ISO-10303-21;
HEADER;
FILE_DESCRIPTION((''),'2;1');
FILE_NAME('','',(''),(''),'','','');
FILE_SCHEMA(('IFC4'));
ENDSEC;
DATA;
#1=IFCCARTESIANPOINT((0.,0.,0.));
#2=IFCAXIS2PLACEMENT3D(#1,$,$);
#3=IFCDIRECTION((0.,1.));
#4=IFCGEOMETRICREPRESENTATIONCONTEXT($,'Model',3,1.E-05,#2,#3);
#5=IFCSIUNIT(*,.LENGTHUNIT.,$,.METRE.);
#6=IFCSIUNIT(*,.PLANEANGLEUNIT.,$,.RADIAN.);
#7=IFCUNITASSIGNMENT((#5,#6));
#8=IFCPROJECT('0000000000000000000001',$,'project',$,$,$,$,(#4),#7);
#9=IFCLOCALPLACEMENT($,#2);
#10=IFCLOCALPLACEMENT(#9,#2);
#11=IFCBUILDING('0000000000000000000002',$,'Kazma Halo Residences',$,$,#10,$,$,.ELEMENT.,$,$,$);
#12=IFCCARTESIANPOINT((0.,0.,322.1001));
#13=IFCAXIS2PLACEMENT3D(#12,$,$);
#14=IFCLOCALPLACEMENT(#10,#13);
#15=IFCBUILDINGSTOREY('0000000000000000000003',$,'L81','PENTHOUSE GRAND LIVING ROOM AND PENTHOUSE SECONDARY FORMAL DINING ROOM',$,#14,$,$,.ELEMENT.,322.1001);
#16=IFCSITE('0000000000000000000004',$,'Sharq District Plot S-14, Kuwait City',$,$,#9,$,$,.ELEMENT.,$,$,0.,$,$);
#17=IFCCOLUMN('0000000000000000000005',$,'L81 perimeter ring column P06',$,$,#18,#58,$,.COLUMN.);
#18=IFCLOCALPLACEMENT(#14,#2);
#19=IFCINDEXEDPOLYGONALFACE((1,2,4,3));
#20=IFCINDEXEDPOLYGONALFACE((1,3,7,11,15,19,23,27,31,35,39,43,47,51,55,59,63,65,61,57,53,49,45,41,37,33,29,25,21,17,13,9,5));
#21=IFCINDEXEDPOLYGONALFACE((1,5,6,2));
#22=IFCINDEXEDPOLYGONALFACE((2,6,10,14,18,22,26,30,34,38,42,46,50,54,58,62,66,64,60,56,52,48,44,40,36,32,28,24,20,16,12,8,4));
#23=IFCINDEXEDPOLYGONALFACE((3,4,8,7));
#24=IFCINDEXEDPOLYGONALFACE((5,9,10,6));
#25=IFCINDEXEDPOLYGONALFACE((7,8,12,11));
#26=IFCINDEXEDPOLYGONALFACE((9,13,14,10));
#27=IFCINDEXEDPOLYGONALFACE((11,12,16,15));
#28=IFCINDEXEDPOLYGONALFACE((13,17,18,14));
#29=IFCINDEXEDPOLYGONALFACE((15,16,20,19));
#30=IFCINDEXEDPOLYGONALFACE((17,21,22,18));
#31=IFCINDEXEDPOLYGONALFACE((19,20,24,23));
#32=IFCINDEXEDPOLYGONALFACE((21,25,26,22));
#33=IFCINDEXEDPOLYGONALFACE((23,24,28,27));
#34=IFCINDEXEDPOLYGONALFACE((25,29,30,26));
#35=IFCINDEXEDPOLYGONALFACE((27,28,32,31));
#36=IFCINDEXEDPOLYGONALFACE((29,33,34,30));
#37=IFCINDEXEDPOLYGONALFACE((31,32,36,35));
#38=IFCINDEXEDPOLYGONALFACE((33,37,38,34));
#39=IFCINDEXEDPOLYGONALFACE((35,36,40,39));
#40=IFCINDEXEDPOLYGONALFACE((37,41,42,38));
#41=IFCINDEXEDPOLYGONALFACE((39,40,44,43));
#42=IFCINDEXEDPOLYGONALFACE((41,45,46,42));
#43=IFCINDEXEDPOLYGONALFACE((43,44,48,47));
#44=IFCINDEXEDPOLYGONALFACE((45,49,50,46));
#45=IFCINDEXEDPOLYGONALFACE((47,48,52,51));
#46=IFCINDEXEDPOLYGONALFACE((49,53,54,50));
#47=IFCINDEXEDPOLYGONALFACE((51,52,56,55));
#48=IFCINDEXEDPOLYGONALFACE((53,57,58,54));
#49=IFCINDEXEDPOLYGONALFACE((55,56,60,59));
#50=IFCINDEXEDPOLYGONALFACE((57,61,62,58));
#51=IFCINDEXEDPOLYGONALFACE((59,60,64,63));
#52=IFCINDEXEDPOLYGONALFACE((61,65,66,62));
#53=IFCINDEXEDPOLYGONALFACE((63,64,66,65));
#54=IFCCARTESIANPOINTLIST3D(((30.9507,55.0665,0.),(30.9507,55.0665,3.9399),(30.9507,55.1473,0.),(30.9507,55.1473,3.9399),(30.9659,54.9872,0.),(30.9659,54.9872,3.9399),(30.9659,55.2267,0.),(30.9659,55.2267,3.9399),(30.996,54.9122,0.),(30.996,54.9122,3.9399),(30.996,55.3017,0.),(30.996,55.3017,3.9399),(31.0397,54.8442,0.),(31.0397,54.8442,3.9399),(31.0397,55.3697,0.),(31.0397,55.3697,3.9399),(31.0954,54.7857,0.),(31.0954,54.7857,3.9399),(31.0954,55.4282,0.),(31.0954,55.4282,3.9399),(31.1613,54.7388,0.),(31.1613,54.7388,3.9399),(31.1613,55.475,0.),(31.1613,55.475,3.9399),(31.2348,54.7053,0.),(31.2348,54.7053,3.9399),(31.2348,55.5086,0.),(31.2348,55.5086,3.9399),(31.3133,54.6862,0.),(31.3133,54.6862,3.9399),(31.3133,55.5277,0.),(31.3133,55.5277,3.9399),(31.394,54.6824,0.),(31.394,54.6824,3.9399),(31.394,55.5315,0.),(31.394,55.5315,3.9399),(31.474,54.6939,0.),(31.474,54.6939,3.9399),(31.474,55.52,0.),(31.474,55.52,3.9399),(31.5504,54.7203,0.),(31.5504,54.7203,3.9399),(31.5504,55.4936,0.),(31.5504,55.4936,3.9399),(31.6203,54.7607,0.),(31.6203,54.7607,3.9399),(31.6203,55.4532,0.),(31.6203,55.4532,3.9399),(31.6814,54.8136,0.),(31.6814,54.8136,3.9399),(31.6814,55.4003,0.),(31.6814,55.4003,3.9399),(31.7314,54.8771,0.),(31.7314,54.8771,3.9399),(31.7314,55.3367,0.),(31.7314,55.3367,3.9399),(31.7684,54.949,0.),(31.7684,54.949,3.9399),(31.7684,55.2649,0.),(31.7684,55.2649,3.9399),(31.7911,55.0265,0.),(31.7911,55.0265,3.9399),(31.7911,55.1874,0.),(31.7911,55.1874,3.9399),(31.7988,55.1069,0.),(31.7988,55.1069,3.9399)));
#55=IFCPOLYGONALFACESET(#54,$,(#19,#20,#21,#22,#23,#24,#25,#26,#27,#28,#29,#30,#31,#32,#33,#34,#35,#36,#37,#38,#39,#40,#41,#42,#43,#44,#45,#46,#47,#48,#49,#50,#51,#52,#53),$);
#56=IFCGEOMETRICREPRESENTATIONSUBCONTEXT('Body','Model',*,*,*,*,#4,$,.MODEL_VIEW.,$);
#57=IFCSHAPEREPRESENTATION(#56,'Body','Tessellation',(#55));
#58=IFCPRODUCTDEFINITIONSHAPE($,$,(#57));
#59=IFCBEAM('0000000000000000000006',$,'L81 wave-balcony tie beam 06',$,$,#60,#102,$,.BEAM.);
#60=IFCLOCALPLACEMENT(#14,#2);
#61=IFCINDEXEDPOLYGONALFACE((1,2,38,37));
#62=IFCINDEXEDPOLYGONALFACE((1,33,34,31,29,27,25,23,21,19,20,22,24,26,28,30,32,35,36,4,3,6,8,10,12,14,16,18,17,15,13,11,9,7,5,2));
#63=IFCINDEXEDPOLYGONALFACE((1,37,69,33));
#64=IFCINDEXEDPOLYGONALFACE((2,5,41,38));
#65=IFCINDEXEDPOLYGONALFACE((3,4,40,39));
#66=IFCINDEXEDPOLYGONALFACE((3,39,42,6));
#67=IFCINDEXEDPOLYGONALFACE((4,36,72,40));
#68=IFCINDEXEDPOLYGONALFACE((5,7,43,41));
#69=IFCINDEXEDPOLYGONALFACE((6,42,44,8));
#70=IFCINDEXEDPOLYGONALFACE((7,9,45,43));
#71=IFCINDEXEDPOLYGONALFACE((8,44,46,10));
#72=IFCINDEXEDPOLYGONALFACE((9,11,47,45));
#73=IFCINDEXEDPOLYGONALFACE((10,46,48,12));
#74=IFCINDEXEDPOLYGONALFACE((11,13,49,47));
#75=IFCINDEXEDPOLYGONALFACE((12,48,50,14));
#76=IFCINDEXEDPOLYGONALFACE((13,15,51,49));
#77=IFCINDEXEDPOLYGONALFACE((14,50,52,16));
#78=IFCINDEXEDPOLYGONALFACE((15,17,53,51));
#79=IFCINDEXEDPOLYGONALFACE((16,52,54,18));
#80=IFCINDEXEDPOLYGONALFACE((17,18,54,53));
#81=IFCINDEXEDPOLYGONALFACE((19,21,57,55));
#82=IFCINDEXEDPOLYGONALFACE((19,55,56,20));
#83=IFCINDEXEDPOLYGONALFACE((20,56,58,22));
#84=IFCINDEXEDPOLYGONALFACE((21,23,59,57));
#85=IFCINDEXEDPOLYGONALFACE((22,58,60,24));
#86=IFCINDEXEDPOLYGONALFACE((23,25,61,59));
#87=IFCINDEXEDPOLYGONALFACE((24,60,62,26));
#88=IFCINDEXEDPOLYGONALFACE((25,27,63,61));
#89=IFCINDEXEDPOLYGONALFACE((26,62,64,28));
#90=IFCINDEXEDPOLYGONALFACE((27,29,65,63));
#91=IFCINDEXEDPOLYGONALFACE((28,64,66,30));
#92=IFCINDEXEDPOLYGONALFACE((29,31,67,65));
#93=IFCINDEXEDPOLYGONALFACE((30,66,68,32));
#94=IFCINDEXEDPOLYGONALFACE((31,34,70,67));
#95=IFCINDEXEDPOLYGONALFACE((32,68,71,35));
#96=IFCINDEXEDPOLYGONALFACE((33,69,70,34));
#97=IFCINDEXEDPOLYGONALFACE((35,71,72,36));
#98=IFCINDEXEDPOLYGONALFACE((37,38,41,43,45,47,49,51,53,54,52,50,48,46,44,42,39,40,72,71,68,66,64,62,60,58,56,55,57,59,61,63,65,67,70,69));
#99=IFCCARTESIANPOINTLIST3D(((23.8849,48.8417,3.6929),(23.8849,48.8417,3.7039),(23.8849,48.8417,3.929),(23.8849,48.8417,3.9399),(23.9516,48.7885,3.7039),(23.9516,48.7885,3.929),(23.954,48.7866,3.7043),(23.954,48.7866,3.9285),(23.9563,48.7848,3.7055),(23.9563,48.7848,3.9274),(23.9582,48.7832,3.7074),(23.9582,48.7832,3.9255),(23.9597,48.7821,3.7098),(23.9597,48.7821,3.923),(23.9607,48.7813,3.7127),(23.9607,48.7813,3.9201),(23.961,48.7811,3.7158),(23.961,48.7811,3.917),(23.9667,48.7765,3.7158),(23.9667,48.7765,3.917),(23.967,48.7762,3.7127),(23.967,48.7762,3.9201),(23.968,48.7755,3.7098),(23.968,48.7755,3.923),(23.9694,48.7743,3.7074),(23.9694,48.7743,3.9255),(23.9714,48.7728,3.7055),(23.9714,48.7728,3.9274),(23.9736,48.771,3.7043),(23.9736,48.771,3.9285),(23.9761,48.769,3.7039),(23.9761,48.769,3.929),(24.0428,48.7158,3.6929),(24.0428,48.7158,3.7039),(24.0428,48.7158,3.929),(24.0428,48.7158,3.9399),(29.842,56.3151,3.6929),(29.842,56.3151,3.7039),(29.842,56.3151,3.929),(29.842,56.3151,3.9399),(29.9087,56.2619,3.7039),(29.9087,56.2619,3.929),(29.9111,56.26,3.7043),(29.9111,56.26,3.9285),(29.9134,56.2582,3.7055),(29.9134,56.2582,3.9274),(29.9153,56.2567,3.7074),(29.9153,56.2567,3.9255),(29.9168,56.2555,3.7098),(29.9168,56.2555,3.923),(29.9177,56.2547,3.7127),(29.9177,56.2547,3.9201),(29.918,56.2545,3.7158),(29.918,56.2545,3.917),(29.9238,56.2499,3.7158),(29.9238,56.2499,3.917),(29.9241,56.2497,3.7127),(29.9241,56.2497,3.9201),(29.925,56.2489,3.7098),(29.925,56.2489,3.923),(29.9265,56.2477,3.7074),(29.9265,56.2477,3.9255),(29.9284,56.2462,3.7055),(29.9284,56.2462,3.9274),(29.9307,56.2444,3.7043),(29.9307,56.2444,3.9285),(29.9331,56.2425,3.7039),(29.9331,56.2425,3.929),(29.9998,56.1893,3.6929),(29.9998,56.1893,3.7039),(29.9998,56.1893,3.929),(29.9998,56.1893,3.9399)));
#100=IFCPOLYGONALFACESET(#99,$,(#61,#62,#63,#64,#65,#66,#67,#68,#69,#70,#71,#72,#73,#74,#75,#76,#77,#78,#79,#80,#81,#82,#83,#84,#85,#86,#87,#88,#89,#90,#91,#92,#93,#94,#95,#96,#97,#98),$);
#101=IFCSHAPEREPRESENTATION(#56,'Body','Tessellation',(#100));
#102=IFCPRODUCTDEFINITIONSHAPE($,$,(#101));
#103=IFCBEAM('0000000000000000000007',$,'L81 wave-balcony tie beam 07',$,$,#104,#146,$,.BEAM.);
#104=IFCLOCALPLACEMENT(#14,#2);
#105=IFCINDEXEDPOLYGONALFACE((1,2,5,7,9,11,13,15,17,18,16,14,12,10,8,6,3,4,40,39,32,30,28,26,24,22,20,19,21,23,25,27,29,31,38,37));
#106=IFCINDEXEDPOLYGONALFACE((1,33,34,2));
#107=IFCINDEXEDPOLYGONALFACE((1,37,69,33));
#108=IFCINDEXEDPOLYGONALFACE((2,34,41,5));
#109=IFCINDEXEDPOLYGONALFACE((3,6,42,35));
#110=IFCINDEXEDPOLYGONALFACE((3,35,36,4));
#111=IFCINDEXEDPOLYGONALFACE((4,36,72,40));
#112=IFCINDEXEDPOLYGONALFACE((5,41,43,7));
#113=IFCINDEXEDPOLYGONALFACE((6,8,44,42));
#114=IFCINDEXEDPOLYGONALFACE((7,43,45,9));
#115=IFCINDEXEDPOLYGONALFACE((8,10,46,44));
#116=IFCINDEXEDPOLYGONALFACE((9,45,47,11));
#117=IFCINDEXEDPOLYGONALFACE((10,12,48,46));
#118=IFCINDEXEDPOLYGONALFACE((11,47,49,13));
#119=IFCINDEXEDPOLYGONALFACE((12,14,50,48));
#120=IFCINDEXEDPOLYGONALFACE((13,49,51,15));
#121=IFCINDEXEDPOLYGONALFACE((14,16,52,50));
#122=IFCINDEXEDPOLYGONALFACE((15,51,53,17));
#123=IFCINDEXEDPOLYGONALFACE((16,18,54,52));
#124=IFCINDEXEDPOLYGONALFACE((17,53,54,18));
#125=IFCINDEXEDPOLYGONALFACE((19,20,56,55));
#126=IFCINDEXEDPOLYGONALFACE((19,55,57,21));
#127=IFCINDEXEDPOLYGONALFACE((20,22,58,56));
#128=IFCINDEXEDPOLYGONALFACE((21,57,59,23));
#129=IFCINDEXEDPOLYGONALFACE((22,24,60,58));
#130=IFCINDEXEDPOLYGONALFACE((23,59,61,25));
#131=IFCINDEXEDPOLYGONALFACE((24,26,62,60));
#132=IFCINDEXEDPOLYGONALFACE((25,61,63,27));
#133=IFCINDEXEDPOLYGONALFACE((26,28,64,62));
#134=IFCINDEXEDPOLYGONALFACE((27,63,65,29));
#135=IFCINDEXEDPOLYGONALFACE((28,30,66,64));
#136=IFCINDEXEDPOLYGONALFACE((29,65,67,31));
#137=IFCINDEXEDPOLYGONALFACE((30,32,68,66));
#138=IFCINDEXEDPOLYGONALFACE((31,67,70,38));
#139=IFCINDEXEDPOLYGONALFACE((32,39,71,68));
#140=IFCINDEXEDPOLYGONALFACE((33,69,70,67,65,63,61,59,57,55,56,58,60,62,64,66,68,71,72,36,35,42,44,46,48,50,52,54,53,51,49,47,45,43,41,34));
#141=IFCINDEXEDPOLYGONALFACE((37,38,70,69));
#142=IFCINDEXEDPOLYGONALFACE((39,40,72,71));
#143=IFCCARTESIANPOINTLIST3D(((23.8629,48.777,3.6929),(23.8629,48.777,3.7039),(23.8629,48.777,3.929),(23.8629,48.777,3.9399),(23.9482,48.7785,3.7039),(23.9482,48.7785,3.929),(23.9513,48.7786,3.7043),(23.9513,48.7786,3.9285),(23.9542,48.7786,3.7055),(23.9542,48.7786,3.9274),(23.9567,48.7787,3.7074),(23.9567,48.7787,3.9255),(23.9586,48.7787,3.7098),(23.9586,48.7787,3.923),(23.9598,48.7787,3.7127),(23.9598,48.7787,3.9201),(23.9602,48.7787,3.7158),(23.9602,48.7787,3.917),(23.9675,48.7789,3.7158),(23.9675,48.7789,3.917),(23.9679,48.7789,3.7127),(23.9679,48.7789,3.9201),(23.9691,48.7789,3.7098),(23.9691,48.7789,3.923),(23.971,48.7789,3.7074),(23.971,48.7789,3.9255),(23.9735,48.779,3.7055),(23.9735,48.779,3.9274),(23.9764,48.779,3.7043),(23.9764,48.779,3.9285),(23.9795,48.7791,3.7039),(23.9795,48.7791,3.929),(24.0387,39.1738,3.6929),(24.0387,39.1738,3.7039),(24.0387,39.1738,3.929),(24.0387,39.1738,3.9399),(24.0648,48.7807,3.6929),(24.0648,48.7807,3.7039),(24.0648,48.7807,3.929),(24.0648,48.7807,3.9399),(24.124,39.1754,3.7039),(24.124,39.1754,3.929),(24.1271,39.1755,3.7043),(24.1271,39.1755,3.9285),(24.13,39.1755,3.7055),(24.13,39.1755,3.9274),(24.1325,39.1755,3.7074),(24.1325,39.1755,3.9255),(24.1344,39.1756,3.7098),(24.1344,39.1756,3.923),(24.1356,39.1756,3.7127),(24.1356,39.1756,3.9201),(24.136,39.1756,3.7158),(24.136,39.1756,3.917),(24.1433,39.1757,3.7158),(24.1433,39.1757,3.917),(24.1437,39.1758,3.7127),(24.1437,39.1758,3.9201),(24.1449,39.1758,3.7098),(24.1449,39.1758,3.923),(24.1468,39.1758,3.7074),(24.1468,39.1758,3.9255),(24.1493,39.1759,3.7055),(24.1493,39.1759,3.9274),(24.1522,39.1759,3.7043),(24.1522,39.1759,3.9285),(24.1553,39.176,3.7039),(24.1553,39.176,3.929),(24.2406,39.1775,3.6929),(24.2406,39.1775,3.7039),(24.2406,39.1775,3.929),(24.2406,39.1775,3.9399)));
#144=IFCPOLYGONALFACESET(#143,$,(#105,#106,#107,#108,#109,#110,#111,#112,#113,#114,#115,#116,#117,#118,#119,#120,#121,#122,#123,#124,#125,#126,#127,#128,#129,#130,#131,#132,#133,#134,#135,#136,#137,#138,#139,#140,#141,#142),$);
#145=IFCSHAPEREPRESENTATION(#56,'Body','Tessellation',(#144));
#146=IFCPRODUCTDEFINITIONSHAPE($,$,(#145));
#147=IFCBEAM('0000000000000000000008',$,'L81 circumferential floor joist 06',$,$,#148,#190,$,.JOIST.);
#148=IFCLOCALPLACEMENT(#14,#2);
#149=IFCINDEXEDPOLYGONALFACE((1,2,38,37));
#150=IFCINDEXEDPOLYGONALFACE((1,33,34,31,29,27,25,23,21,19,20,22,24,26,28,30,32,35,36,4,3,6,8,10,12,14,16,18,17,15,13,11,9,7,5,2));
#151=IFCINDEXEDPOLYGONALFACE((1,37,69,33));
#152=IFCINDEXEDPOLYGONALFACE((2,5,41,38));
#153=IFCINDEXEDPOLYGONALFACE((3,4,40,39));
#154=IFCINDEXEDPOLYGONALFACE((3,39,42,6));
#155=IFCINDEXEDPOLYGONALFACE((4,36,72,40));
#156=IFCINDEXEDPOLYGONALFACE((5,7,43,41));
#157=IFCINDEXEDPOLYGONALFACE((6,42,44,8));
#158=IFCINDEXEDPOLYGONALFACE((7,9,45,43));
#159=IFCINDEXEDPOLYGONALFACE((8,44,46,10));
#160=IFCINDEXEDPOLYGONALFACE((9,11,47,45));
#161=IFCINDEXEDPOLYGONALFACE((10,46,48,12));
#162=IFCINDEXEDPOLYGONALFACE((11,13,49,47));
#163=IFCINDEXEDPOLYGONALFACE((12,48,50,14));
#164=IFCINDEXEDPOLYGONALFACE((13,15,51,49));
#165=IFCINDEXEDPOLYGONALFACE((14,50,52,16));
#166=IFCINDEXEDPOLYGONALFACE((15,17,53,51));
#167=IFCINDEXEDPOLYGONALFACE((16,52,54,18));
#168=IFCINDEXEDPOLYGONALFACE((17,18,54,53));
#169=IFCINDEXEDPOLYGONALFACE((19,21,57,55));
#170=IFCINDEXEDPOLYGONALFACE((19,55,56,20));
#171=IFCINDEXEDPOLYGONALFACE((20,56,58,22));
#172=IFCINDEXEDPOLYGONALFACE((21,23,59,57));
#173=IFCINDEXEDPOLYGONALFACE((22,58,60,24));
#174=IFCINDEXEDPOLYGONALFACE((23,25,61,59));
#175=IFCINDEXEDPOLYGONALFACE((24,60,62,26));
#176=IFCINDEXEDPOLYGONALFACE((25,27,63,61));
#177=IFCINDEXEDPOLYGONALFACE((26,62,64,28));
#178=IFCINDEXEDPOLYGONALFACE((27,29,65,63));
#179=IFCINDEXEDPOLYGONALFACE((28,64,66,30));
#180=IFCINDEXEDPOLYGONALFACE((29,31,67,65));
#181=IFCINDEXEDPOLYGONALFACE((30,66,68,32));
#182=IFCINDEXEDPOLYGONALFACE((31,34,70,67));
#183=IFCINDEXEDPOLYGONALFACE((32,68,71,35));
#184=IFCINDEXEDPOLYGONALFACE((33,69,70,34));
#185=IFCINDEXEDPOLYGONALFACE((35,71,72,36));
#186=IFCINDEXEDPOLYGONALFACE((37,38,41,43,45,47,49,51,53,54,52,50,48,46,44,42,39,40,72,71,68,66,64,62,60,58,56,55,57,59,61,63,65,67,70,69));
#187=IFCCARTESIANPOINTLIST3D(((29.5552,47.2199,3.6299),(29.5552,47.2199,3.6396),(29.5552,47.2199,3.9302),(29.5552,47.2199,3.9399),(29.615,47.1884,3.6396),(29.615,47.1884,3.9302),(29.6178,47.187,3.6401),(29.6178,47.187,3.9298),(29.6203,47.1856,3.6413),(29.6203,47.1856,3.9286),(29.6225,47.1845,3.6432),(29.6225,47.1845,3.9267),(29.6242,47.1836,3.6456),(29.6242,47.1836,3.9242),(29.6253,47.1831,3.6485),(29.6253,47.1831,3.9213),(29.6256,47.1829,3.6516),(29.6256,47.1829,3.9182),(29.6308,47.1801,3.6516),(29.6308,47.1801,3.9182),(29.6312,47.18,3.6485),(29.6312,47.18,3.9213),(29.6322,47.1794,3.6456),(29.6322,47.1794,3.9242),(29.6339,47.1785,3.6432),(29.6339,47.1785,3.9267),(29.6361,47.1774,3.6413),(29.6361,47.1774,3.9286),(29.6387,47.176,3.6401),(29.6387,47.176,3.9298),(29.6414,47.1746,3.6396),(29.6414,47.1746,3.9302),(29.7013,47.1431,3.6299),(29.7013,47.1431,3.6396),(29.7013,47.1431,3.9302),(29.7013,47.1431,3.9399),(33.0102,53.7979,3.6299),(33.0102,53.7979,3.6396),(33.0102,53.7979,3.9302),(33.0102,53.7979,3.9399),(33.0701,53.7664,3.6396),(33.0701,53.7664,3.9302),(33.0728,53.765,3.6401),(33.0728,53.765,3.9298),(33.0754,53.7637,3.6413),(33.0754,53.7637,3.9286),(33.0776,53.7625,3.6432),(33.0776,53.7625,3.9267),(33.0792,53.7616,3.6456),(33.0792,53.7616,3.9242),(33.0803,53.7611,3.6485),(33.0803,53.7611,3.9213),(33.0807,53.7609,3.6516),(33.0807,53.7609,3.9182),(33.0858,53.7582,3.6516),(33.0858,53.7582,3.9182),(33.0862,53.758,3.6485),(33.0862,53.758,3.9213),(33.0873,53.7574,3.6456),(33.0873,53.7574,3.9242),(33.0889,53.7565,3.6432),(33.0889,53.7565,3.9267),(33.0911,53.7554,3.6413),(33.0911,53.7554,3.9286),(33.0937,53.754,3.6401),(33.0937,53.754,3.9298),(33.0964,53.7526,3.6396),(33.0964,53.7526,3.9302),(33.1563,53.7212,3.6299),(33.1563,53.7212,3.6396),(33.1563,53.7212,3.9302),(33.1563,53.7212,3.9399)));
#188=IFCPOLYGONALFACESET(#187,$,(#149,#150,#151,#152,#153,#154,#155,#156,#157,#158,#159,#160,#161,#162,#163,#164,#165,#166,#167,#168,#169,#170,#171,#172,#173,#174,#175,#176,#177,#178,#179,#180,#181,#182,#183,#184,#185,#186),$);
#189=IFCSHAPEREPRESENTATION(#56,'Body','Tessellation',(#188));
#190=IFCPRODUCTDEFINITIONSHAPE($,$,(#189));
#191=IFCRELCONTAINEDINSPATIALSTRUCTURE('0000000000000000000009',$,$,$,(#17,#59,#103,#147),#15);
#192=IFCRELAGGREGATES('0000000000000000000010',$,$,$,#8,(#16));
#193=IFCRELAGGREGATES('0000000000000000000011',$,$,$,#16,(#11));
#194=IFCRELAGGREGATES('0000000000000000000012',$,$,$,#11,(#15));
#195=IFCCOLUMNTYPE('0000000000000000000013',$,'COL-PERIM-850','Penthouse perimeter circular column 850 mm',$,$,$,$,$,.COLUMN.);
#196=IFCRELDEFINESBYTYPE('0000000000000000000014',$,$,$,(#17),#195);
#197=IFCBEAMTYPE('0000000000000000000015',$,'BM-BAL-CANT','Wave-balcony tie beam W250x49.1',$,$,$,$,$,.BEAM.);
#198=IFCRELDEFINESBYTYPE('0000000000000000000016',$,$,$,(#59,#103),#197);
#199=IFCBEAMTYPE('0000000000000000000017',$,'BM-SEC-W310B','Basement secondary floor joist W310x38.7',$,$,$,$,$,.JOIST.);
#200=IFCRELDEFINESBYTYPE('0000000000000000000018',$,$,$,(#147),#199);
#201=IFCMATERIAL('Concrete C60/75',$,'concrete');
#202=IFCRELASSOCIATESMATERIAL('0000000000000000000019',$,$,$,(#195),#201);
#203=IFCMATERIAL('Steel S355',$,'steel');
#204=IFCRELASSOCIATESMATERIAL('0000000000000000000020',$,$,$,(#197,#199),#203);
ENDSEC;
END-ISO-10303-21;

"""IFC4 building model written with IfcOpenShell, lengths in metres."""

from ifc_helpers import new_model, si_unit, direction, frame, origin, origin_2d, place, context, subcontext, project, spatial, circle, i_section, extrude, material, material_profile, profile_set, type_object, element, save


model = new_model("IFC4")

# Units and contexts
model_context = context("Model", 3, precision=1e-05, world=origin(), true_north=direction((0.0, 1.0)))
body_context = subcontext(model_context, "Body", "Model", "MODEL_VIEW")
ifc_project = project(units=[si_unit("LENGTHUNIT", "METRE"), si_unit("PLANEANGLEUNIT", "RADIAN")], contexts=[model_context])

# Site, building, storey
site_placement = place(None, origin())
site = spatial("IfcSite", under=ifc_project, at=site_placement, Name="Sharq District Plot S-14, Kuwait City", CompositionType="ELEMENT", RefElevation=0.0)
building_placement = place(site_placement, origin())
building = spatial("IfcBuilding", under=site, at=building_placement, Name="Kazma Halo Residences", CompositionType="ELEMENT")
storey_placement = place(building_placement, frame((0.0, 0.0, 322.1001)))
storey = spatial("IfcBuildingStorey", under=building, at=storey_placement, Name="L81", Description="PENTHOUSE GRAND LIVING ROOM AND PENTHOUSE SECONDARY FORMAL DINING ROOM", CompositionType="ELEMENT", Elevation=322.1001)

# Column
ifc_material_1 = material(Name="Concrete C60/75", Category="concrete")
ifc_material_profile_1 = material_profile(ifc_material_1, circle(Radius=0.425, at=origin_2d()), Name="CIRC850")
ifc_profile_set_1 = profile_set([ifc_material_profile_1], Name="Concrete C60/75")
column_type = type_object("IfcColumnType", Name="COL-PERIM-850", Description="Penthouse perimeter circular column 850 mm", PredefinedType="COLUMN", material=ifc_profile_set_1)
column_placement = place(storey_placement, frame((31.3738, 55.1069, 0.0), z_axis=(0.0, 0.0, 1.0), x_axis=(1.0, 0.0, 0.0)))
element("IfcColumn", 1, at=column_placement, inside=storey, type_object=column_type, Name="L81 perimeter ring column P06", PredefinedType="COLUMN", context=body_context, shape_type="SweptSolid", body=[
    extrude(circle(Radius=0.425, at=origin_2d()), origin(), (0.0, 0.0, 1.0), 3.9399),
])

# Beams
ifc_material_2 = material(Name="Steel S355", Category="steel")
ifc_material_profile_2 = material_profile(ifc_material_2, i_section(OverallWidth=0.2019, OverallDepth=0.2471, WebThickness=0.0073, FlangeThickness=0.011, FilletRadius=0.012, at=origin_2d()), Name="W250x49.1")
ifc_profile_set_2 = profile_set([ifc_material_profile_2], Name="Steel S355")
beam_type_1 = type_object("IfcBeamType", Name="BM-BAL-CANT", Description="Wave-balcony tie beam W250x49.1", PredefinedType="BEAM", material=ifc_profile_set_2)
beam_1_placement = place(storey_placement, frame((29.9209, 56.2522, 3.8164), z_axis=(-0.623311, -0.781974, 0.0), x_axis=(0.781974, -0.623311, 0.0)))
element("IfcBeam", 2, at=beam_1_placement, inside=storey, type_object=beam_type_1, Name="L81 wave-balcony tie beam 06", PredefinedType="BEAM", context=body_context, shape_type="SweptSolid", body=[
    extrude(i_section(OverallWidth=0.2019, OverallDepth=0.2471, WebThickness=0.0073, FlangeThickness=0.011, FilletRadius=0.012, at=origin_2d()), origin(), (0.0, 0.0, 1.0), 9.5571),
])
beam_2_placement = place(storey_placement, frame((23.9639, 48.7788, 3.8164), z_axis=(0.018302, -0.999833, 0.0), x_axis=(0.999833, 0.018302, 0.0)))
element("IfcBeam", 3, at=beam_2_placement, inside=storey, type_object=beam_type_1, Name="L81 wave-balcony tie beam 07", PredefinedType="BEAM", context=body_context, shape_type="SweptSolid", body=[
    extrude(i_section(OverallWidth=0.2019, OverallDepth=0.2471, WebThickness=0.0073, FlangeThickness=0.011, FilletRadius=0.012, at=origin_2d()), origin(), (0.0, 0.0, 1.0), 9.6047),
])
ifc_material_profile_3 = material_profile(ifc_material_2, i_section(OverallWidth=0.165, OverallDepth=0.3101, WebThickness=0.0059, FlangeThickness=0.0098, FilletRadius=0.012, at=origin_2d()), Name="W310x38.7")
ifc_profile_set_3 = profile_set([ifc_material_profile_3], Name="Steel S355")
beam_type_2 = type_object("IfcBeamType", Name="BM-SEC-W310B", Description="Basement secondary floor joist W310x38.7", PredefinedType="JOIST", material=ifc_profile_set_3)
beam_3_placement = place(storey_placement, frame((33.0833, 53.7595, 3.7849), z_axis=(-0.464999, -0.885311, 0.0), x_axis=(0.885311, -0.464999, 0.0)))
element("IfcBeam", 4, at=beam_3_placement, inside=storey, type_object=beam_type_2, Name="L81 circumferential floor joist 06", PredefinedType="JOIST", context=body_context, shape_type="SweptSolid", body=[
    extrude(i_section(OverallWidth=0.165, OverallDepth=0.3101, WebThickness=0.0059, FlangeThickness=0.0098, FilletRadius=0.012, at=origin_2d()), origin(), (0.0, 0.0, 1.0), 7.4302),
])

save(model, "model.ifc")
